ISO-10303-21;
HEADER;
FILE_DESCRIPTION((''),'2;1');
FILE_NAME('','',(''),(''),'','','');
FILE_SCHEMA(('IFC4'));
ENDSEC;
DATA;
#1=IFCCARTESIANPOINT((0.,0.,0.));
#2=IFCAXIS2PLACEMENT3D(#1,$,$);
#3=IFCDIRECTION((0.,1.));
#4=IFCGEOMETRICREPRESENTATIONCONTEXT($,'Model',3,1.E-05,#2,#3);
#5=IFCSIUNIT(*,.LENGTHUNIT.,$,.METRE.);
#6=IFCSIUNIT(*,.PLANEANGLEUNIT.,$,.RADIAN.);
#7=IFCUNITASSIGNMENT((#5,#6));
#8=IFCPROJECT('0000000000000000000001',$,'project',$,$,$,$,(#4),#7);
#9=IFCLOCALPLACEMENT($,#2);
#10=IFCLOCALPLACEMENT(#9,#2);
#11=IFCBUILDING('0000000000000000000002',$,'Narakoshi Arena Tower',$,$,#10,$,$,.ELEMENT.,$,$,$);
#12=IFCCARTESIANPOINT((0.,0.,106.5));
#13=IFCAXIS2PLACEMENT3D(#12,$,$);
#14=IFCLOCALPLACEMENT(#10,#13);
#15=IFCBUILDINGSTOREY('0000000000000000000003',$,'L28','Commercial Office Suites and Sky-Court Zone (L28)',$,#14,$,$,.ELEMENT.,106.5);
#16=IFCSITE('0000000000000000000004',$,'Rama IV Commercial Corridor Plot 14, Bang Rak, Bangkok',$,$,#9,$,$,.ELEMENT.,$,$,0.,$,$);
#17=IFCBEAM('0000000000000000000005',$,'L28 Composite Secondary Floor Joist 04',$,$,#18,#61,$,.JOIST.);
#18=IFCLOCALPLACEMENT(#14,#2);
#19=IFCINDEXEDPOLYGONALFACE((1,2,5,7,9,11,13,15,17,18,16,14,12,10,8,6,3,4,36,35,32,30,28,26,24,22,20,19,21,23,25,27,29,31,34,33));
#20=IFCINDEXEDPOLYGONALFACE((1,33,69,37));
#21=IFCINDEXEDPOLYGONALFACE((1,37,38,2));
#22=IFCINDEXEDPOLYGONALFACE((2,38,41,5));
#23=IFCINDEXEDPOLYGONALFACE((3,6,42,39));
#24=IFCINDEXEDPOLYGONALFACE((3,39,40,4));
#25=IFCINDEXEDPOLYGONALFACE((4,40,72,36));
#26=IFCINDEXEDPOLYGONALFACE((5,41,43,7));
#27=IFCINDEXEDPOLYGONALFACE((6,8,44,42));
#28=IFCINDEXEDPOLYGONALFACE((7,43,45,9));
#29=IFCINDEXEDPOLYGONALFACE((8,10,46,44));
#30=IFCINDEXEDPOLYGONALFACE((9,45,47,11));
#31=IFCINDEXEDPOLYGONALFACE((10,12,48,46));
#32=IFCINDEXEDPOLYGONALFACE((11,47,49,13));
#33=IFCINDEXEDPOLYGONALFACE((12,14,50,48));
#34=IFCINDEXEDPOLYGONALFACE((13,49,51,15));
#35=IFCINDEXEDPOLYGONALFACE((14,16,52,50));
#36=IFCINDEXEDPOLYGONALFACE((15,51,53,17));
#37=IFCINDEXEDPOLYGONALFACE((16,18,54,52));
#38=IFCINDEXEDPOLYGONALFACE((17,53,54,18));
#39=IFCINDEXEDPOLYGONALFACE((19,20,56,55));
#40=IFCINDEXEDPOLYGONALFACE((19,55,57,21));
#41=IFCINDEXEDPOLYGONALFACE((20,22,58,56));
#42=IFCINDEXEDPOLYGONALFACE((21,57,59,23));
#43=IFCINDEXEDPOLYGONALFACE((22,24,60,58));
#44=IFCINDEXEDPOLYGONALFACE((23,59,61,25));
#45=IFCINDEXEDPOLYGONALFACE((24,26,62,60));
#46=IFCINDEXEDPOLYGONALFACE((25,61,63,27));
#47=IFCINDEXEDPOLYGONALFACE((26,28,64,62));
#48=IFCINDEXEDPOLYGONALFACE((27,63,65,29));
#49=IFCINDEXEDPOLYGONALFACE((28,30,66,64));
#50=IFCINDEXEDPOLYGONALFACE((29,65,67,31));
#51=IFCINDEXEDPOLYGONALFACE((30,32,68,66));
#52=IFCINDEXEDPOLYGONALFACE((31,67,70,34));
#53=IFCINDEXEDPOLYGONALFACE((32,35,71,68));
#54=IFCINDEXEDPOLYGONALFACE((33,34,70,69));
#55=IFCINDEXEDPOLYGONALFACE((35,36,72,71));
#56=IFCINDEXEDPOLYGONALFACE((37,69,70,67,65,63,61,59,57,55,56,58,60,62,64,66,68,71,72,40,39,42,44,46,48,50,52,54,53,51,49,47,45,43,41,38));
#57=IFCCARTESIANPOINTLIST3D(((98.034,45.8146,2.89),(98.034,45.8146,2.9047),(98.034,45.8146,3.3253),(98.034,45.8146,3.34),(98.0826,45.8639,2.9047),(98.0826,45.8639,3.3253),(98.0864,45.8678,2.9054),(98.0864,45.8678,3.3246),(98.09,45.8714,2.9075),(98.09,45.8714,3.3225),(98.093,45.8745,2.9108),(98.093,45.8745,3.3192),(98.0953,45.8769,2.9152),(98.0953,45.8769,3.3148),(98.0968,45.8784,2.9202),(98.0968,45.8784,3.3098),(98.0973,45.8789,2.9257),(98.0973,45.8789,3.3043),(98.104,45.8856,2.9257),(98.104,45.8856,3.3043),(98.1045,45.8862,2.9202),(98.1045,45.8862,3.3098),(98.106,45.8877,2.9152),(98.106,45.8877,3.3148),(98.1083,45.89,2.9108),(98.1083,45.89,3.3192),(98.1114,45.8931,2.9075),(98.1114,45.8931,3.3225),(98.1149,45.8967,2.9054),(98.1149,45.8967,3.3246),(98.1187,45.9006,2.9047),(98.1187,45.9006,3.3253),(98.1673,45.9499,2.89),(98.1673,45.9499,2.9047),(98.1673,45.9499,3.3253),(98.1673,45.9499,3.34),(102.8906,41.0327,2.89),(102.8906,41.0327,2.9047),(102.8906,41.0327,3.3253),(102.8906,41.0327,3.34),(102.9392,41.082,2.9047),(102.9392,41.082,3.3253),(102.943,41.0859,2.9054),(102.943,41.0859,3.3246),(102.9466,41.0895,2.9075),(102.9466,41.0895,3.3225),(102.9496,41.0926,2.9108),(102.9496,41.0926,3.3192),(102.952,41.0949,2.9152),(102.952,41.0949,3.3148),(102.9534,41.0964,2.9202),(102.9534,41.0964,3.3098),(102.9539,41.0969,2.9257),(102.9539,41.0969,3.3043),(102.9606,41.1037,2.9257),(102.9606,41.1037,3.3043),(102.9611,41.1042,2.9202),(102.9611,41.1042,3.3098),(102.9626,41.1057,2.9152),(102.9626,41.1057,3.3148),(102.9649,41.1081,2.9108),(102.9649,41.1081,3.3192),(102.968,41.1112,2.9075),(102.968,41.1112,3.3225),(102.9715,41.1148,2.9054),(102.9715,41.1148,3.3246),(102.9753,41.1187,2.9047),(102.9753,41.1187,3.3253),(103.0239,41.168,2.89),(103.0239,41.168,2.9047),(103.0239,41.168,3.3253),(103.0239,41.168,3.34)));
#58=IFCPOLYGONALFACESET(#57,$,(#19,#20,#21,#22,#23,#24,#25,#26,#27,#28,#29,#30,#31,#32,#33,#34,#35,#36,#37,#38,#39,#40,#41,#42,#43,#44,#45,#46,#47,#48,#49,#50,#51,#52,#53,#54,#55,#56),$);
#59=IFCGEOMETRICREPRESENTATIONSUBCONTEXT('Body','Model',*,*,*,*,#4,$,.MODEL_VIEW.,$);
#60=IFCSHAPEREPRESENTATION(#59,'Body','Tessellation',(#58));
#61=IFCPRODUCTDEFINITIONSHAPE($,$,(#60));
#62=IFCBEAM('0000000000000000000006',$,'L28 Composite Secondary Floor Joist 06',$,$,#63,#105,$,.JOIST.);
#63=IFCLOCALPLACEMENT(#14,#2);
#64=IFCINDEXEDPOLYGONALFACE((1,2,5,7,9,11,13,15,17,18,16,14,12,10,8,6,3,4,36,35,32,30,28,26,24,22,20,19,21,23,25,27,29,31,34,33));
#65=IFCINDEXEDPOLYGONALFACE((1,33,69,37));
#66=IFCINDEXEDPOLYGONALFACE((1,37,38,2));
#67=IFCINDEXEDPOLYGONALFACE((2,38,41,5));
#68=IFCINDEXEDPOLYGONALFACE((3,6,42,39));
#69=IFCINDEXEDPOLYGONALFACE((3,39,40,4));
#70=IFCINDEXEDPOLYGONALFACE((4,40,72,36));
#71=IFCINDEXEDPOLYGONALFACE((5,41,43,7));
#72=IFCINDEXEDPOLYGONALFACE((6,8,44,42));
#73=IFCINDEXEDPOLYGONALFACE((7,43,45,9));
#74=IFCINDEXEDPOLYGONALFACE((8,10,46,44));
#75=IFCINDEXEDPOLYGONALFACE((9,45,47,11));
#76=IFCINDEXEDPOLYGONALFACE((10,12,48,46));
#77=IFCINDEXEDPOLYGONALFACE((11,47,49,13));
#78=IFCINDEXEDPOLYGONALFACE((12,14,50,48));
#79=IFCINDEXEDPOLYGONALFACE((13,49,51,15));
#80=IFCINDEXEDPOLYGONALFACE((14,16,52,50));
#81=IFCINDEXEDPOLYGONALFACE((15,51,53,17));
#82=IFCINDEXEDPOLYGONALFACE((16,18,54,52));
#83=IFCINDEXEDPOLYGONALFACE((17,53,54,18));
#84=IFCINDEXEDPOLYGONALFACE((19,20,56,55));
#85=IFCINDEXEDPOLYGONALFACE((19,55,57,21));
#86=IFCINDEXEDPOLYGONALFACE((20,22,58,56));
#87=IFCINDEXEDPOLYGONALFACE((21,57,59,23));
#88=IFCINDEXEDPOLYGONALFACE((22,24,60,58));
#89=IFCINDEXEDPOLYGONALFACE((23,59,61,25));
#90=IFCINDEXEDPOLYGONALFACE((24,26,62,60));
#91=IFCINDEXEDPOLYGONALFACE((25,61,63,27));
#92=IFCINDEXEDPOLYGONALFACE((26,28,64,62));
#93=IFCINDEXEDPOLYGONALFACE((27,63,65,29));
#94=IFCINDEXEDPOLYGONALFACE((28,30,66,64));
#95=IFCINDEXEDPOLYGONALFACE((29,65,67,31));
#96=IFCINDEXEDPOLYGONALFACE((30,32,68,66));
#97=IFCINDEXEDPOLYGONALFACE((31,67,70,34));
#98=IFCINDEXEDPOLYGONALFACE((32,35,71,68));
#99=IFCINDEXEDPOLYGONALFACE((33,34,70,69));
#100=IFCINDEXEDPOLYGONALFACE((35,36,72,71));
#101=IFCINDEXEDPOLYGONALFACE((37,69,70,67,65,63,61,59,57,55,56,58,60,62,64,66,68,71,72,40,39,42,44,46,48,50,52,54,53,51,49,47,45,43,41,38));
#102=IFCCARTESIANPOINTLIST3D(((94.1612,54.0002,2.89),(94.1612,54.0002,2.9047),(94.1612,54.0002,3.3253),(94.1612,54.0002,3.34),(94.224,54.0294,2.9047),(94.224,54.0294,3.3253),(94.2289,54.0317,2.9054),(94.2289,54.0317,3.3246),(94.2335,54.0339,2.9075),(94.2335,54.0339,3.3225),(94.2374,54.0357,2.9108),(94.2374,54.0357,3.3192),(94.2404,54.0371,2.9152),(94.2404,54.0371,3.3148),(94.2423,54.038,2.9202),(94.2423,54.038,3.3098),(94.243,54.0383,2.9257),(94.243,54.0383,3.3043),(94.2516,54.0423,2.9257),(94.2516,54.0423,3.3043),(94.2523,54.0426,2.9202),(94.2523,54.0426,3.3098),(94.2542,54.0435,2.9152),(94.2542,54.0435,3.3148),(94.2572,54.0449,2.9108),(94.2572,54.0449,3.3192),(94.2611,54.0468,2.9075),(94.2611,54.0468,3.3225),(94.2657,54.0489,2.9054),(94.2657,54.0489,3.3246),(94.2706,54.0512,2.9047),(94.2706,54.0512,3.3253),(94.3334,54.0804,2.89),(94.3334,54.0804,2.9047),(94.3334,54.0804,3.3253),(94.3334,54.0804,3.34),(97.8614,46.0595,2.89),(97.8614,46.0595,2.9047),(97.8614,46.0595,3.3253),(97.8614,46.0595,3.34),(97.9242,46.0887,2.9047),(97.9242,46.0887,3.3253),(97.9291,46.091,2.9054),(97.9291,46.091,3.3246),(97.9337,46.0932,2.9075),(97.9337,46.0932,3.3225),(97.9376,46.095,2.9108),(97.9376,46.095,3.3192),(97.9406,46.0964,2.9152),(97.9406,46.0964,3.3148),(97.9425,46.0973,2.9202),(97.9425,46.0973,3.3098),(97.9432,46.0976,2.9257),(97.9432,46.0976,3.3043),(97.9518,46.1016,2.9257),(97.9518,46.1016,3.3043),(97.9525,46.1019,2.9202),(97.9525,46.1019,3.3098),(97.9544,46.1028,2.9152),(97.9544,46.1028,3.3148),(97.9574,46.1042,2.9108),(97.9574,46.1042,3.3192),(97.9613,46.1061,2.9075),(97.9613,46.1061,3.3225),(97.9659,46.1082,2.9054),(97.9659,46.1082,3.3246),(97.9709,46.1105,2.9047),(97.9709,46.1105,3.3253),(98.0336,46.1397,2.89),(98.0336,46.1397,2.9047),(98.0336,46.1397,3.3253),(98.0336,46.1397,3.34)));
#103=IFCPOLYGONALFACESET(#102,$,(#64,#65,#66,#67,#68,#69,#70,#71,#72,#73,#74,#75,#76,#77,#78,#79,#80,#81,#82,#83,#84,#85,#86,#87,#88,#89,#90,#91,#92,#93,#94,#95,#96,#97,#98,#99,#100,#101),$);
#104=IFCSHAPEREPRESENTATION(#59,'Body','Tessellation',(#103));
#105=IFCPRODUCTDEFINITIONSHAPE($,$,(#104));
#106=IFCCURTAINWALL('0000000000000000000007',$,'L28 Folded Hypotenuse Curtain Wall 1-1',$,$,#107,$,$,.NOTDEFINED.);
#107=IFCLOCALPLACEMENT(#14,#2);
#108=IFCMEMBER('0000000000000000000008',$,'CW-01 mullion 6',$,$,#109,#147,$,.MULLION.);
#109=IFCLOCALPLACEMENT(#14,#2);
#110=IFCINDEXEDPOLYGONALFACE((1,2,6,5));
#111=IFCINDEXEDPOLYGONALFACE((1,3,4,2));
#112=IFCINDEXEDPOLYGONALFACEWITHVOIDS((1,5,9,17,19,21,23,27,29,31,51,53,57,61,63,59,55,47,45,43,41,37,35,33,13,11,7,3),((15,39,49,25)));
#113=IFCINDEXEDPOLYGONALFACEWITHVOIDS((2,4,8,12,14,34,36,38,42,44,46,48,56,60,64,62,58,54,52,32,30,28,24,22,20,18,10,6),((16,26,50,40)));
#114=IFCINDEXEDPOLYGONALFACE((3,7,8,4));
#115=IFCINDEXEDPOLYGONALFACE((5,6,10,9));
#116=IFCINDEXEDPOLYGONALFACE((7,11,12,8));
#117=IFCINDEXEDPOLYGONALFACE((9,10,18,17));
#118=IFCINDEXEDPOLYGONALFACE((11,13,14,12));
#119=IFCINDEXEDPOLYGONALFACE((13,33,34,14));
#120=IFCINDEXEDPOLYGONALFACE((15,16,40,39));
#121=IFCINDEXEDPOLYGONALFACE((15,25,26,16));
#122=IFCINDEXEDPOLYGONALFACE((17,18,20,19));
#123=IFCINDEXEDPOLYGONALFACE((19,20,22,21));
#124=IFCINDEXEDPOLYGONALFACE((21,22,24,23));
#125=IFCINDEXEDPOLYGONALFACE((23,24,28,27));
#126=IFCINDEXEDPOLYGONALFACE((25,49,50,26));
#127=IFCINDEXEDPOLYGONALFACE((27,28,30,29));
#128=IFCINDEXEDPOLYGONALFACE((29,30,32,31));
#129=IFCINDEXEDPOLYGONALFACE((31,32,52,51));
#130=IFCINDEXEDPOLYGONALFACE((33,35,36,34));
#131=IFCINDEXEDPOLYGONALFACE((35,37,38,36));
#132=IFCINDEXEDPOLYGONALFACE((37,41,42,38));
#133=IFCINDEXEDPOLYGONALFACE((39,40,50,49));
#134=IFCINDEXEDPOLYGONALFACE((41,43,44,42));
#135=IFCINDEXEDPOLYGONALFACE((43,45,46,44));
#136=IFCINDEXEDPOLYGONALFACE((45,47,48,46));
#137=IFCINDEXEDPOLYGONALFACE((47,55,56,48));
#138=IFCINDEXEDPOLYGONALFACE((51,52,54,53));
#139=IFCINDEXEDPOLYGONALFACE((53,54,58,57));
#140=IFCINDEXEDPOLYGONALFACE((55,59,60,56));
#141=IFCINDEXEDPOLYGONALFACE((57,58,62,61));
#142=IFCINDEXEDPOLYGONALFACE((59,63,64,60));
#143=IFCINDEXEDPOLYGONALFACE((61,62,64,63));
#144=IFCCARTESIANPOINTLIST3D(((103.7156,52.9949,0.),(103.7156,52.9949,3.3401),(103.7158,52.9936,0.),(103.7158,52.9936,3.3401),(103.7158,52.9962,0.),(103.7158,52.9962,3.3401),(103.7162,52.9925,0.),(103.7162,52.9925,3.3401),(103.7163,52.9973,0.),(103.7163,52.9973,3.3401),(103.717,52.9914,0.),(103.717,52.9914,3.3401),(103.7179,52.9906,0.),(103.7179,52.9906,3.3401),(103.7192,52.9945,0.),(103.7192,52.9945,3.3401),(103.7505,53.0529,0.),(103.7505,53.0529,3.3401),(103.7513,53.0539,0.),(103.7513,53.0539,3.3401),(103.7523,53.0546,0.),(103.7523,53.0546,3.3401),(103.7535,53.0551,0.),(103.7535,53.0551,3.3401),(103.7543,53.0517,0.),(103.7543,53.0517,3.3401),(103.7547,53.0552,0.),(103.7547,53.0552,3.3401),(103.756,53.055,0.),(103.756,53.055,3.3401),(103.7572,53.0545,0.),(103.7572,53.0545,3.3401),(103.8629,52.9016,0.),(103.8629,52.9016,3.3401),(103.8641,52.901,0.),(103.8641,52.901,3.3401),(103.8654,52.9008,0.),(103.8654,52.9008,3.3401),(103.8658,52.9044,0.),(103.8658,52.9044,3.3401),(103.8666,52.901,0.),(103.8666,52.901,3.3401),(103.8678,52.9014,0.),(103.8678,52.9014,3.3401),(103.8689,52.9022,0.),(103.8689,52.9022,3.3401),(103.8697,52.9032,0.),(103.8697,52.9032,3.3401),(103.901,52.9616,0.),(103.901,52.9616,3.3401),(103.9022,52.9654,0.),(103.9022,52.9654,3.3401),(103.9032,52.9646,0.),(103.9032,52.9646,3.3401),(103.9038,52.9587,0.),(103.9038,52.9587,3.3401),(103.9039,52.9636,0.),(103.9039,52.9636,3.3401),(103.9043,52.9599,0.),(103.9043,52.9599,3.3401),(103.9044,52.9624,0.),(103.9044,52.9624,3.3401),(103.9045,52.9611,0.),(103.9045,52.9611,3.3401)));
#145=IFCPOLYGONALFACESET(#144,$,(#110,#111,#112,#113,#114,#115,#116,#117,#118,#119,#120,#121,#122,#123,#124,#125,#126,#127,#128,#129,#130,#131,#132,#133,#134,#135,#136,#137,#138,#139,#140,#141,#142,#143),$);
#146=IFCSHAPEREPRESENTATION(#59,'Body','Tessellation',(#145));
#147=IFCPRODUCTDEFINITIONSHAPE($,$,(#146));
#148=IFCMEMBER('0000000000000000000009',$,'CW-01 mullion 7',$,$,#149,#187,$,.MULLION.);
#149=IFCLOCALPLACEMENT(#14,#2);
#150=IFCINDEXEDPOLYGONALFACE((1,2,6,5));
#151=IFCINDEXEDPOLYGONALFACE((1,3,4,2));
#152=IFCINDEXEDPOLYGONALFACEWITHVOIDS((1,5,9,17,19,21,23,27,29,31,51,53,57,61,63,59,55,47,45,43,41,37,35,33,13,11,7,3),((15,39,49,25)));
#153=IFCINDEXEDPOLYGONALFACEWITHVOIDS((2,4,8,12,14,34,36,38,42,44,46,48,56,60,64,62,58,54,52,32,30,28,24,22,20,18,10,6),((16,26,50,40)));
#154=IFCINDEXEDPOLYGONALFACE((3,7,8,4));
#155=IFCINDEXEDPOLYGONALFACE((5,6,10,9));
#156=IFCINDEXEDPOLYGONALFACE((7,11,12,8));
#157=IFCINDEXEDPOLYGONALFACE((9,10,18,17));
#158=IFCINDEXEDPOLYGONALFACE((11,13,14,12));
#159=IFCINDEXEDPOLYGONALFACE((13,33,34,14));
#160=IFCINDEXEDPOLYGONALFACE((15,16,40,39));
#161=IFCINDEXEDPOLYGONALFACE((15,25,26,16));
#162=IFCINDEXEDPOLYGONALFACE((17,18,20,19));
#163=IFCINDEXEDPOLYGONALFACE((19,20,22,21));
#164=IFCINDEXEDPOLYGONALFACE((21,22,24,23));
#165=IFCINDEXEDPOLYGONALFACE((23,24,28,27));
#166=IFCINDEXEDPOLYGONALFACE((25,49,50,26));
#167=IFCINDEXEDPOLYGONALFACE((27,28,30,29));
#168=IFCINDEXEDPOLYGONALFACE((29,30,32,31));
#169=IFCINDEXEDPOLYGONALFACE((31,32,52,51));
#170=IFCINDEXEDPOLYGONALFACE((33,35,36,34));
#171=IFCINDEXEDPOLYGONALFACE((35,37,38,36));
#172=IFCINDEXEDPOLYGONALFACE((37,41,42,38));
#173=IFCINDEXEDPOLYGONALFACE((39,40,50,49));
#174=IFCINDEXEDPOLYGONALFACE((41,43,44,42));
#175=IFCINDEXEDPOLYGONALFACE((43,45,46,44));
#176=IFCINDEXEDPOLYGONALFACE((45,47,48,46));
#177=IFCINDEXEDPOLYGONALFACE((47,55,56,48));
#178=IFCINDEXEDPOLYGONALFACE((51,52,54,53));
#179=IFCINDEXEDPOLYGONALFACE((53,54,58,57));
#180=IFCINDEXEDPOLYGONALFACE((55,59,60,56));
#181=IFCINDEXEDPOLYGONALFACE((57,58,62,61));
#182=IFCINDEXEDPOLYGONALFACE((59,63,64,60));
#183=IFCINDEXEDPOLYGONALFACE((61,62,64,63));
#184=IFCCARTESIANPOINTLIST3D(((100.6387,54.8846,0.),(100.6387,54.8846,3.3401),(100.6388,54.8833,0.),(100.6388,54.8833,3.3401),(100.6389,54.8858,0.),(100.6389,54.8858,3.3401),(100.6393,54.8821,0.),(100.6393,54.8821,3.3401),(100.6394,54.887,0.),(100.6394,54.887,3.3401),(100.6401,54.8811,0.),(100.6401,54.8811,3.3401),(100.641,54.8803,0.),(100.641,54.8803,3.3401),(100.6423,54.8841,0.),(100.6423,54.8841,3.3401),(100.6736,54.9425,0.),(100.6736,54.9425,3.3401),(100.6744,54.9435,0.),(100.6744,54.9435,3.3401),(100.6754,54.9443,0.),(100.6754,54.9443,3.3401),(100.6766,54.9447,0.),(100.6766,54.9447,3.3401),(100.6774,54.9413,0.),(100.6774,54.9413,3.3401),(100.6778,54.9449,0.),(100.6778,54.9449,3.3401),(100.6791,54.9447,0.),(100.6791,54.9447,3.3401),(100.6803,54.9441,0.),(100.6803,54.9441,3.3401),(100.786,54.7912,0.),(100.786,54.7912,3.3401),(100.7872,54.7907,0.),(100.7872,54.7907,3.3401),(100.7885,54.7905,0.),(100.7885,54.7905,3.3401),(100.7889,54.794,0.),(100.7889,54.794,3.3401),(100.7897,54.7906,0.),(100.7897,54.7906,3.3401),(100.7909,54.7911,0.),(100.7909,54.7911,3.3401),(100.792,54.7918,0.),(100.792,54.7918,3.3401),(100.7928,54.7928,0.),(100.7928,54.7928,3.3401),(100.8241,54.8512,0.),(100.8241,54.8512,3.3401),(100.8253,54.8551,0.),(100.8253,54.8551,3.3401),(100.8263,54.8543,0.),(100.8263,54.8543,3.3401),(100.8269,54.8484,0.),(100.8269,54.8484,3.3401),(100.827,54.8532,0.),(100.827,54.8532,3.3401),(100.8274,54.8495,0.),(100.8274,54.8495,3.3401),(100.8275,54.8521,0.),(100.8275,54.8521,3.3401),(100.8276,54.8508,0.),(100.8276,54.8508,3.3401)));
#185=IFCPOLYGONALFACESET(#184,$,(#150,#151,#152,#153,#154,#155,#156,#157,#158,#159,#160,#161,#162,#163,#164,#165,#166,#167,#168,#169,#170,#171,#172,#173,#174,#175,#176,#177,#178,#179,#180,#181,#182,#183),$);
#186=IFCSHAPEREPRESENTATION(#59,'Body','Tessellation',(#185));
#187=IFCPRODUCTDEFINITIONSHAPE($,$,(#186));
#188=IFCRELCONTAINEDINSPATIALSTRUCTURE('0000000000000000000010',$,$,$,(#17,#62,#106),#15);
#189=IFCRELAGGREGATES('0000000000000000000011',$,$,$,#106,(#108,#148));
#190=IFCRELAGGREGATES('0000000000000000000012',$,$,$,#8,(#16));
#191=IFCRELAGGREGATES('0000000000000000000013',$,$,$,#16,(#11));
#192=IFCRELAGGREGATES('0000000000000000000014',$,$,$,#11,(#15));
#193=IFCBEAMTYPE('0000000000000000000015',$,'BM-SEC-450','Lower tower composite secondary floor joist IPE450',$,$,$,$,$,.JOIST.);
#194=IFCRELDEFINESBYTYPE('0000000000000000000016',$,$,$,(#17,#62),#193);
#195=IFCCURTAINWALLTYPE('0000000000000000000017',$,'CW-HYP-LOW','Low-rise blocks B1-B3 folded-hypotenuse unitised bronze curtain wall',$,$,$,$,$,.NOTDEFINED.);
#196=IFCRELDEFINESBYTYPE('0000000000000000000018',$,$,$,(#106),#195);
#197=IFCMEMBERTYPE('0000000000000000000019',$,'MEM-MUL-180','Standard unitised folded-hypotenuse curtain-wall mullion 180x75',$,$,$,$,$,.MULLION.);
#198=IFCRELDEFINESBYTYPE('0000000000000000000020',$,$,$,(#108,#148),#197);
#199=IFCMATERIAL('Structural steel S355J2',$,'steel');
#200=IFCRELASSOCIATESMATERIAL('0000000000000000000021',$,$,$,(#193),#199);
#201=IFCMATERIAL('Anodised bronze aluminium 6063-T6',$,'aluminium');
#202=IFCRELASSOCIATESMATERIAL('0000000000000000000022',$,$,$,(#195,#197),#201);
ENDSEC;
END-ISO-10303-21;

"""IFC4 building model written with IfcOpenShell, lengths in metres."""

from ifc_helpers import new_model, si_unit, direction, frame, origin, origin_2d, place, context, subcontext, project, spatial, hollow_rectangle, i_section, extrude, material, material_profile, profile_set, type_object, element, aggregate, save


model = new_model("IFC4")

# Units and contexts
model_context = context("Model", 3, precision=1e-05, world=origin(), true_north=direction((0.0, 1.0)))
body_context = subcontext(model_context, "Body", "Model", "MODEL_VIEW")
ifc_project = project(units=[si_unit("LENGTHUNIT", "METRE"), si_unit("PLANEANGLEUNIT", "RADIAN")], contexts=[model_context])

# Site, building, storey
site_placement = place(None, origin())
site = spatial("IfcSite", under=ifc_project, at=site_placement, Name="Rama IV Commercial Corridor Plot 14, Bang Rak, Bangkok", CompositionType="ELEMENT", RefElevation=0.0)
building_placement = place(site_placement, origin())
building = spatial("IfcBuilding", under=site, at=building_placement, Name="Narakoshi Arena Tower", CompositionType="ELEMENT")
storey_placement = place(building_placement, frame((0.0, 0.0, 106.5)))
storey = spatial("IfcBuildingStorey", under=building, at=storey_placement, Name="L28", Description="Commercial Office Suites and Sky-Court Zone (L28)", CompositionType="ELEMENT", Elevation=106.5)

# Beams
ifc_material_1 = material(Name="Structural steel S355J2", Category="steel")
ifc_material_profile_1 = material_profile(ifc_material_1, i_section(OverallWidth=0.1899, OverallDepth=0.45, WebThickness=0.0095, FlangeThickness=0.0146, FilletRadius=0.021, at=origin_2d()), Name="IPE450")
ifc_profile_set_1 = profile_set([ifc_material_profile_1], Name="Structural steel S355J2")
beam_type_1 = type_object("IfcBeamType", Name="BM-SEC-450", Description="Lower tower composite secondary floor joist IPE450", PredefinedType="JOIST", material=ifc_profile_set_1)
beam_1_placement = place(storey_placement, frame((102.9573, 41.1003, 3.115), z_axis=(-0.712566, 0.701605, 0.0), x_axis=(-0.701605, -0.712566, 0.0)))
element("IfcBeam", 1, at=beam_1_placement, inside=storey, type_object=beam_type_1, Name="L28 Composite Secondary Floor Joist 04", PredefinedType="JOIST", context=body_context, shape_type="SweptSolid", body=[
    extrude(i_section(OverallWidth=0.1899, OverallDepth=0.45, WebThickness=0.0095, FlangeThickness=0.0146, FilletRadius=0.021, at=origin_2d()), origin(), (0.0, 0.0, 1.0), 6.8157),
])
beam_2_placement = place(storey_placement, frame((97.9475, 46.0996, 3.115), z_axis=(-0.422374, 0.906422, 0.0), x_axis=(-0.906422, -0.422374, 0.0)))
element("IfcBeam", 2, at=beam_2_placement, inside=storey, type_object=beam_type_1, Name="L28 Composite Secondary Floor Joist 06", PredefinedType="JOIST", context=body_context, shape_type="SweptSolid", body=[
    extrude(i_section(OverallWidth=0.1899, OverallDepth=0.45, WebThickness=0.0095, FlangeThickness=0.0146, FilletRadius=0.021, at=origin_2d()), origin(), (0.0, 0.0, 1.0), 8.7605),
])

# Curtain wall, members
ifc_material_2 = material(Name="Anodised bronze aluminium 6063-T6", Category="aluminium")
curtain_wall_type = type_object("IfcCurtainWallType", Name="CW-HYP-LOW", Description="Low-rise blocks B1-B3 folded-hypotenuse unitised bronze curtain wall", PredefinedType="NOTDEFINED", material=ifc_material_2)
curtain_wall_placement = place(storey_placement, origin())
curtain_wall = element("IfcCurtainWall", 3, at=curtain_wall_placement, inside=storey, type_object=curtain_wall_type, Name="L28 Folded Hypotenuse Curtain Wall 1-1", PredefinedType="NOTDEFINED")
ifc_material_profile_2 = material_profile(ifc_material_2, hollow_rectangle(XDim=0.075, YDim=0.1799, WallThickness=0.0039, OuterFilletRadius=0.0049, at=origin_2d()), Name="MUL180x75x4")
ifc_profile_set_2 = profile_set([ifc_material_profile_2], Name="Anodised bronze aluminium 6063-T6")
member_type_1 = type_object("IfcMemberType", Name="MEM-MUL-180", Description="Standard unitised folded-hypotenuse curtain-wall mullion 180x75", PredefinedType="MULLION", material=ifc_profile_set_2)
member_1_placement = place(storey_placement, frame((103.8101, 52.978, 0.0), z_axis=(0.0, 0.0, 1.0), x_axis=(-0.523358, -0.852113, 0.0)))
member_1 = element("IfcMember", 4, at=member_1_placement, type_object=member_type_1, Name="CW-01 mullion 6", PredefinedType="MULLION", context=body_context, shape_type="SweptSolid", body=[
    extrude(hollow_rectangle(XDim=0.075, YDim=0.1799, WallThickness=0.0039, OuterFilletRadius=0.0049, at=origin_2d()), origin(), (0.0, 0.0, 1.0), 3.3401),
])
member_2_placement = place(storey_placement, frame((100.7332, 54.8677, 0.0), z_axis=(0.0, 0.0, 1.0), x_axis=(-0.523358, -0.852113, 0.0)))
member_2 = element("IfcMember", 5, at=member_2_placement, type_object=member_type_1, Name="CW-01 mullion 7", PredefinedType="MULLION", context=body_context, shape_type="SweptSolid", body=[
    extrude(hollow_rectangle(XDim=0.075, YDim=0.1799, WallThickness=0.0039, OuterFilletRadius=0.0049, at=origin_2d()), origin(), (0.0, 0.0, 1.0), 3.3401),
])
aggregate(curtain_wall, [member_1, member_2])

save(model, "model.ifc")
